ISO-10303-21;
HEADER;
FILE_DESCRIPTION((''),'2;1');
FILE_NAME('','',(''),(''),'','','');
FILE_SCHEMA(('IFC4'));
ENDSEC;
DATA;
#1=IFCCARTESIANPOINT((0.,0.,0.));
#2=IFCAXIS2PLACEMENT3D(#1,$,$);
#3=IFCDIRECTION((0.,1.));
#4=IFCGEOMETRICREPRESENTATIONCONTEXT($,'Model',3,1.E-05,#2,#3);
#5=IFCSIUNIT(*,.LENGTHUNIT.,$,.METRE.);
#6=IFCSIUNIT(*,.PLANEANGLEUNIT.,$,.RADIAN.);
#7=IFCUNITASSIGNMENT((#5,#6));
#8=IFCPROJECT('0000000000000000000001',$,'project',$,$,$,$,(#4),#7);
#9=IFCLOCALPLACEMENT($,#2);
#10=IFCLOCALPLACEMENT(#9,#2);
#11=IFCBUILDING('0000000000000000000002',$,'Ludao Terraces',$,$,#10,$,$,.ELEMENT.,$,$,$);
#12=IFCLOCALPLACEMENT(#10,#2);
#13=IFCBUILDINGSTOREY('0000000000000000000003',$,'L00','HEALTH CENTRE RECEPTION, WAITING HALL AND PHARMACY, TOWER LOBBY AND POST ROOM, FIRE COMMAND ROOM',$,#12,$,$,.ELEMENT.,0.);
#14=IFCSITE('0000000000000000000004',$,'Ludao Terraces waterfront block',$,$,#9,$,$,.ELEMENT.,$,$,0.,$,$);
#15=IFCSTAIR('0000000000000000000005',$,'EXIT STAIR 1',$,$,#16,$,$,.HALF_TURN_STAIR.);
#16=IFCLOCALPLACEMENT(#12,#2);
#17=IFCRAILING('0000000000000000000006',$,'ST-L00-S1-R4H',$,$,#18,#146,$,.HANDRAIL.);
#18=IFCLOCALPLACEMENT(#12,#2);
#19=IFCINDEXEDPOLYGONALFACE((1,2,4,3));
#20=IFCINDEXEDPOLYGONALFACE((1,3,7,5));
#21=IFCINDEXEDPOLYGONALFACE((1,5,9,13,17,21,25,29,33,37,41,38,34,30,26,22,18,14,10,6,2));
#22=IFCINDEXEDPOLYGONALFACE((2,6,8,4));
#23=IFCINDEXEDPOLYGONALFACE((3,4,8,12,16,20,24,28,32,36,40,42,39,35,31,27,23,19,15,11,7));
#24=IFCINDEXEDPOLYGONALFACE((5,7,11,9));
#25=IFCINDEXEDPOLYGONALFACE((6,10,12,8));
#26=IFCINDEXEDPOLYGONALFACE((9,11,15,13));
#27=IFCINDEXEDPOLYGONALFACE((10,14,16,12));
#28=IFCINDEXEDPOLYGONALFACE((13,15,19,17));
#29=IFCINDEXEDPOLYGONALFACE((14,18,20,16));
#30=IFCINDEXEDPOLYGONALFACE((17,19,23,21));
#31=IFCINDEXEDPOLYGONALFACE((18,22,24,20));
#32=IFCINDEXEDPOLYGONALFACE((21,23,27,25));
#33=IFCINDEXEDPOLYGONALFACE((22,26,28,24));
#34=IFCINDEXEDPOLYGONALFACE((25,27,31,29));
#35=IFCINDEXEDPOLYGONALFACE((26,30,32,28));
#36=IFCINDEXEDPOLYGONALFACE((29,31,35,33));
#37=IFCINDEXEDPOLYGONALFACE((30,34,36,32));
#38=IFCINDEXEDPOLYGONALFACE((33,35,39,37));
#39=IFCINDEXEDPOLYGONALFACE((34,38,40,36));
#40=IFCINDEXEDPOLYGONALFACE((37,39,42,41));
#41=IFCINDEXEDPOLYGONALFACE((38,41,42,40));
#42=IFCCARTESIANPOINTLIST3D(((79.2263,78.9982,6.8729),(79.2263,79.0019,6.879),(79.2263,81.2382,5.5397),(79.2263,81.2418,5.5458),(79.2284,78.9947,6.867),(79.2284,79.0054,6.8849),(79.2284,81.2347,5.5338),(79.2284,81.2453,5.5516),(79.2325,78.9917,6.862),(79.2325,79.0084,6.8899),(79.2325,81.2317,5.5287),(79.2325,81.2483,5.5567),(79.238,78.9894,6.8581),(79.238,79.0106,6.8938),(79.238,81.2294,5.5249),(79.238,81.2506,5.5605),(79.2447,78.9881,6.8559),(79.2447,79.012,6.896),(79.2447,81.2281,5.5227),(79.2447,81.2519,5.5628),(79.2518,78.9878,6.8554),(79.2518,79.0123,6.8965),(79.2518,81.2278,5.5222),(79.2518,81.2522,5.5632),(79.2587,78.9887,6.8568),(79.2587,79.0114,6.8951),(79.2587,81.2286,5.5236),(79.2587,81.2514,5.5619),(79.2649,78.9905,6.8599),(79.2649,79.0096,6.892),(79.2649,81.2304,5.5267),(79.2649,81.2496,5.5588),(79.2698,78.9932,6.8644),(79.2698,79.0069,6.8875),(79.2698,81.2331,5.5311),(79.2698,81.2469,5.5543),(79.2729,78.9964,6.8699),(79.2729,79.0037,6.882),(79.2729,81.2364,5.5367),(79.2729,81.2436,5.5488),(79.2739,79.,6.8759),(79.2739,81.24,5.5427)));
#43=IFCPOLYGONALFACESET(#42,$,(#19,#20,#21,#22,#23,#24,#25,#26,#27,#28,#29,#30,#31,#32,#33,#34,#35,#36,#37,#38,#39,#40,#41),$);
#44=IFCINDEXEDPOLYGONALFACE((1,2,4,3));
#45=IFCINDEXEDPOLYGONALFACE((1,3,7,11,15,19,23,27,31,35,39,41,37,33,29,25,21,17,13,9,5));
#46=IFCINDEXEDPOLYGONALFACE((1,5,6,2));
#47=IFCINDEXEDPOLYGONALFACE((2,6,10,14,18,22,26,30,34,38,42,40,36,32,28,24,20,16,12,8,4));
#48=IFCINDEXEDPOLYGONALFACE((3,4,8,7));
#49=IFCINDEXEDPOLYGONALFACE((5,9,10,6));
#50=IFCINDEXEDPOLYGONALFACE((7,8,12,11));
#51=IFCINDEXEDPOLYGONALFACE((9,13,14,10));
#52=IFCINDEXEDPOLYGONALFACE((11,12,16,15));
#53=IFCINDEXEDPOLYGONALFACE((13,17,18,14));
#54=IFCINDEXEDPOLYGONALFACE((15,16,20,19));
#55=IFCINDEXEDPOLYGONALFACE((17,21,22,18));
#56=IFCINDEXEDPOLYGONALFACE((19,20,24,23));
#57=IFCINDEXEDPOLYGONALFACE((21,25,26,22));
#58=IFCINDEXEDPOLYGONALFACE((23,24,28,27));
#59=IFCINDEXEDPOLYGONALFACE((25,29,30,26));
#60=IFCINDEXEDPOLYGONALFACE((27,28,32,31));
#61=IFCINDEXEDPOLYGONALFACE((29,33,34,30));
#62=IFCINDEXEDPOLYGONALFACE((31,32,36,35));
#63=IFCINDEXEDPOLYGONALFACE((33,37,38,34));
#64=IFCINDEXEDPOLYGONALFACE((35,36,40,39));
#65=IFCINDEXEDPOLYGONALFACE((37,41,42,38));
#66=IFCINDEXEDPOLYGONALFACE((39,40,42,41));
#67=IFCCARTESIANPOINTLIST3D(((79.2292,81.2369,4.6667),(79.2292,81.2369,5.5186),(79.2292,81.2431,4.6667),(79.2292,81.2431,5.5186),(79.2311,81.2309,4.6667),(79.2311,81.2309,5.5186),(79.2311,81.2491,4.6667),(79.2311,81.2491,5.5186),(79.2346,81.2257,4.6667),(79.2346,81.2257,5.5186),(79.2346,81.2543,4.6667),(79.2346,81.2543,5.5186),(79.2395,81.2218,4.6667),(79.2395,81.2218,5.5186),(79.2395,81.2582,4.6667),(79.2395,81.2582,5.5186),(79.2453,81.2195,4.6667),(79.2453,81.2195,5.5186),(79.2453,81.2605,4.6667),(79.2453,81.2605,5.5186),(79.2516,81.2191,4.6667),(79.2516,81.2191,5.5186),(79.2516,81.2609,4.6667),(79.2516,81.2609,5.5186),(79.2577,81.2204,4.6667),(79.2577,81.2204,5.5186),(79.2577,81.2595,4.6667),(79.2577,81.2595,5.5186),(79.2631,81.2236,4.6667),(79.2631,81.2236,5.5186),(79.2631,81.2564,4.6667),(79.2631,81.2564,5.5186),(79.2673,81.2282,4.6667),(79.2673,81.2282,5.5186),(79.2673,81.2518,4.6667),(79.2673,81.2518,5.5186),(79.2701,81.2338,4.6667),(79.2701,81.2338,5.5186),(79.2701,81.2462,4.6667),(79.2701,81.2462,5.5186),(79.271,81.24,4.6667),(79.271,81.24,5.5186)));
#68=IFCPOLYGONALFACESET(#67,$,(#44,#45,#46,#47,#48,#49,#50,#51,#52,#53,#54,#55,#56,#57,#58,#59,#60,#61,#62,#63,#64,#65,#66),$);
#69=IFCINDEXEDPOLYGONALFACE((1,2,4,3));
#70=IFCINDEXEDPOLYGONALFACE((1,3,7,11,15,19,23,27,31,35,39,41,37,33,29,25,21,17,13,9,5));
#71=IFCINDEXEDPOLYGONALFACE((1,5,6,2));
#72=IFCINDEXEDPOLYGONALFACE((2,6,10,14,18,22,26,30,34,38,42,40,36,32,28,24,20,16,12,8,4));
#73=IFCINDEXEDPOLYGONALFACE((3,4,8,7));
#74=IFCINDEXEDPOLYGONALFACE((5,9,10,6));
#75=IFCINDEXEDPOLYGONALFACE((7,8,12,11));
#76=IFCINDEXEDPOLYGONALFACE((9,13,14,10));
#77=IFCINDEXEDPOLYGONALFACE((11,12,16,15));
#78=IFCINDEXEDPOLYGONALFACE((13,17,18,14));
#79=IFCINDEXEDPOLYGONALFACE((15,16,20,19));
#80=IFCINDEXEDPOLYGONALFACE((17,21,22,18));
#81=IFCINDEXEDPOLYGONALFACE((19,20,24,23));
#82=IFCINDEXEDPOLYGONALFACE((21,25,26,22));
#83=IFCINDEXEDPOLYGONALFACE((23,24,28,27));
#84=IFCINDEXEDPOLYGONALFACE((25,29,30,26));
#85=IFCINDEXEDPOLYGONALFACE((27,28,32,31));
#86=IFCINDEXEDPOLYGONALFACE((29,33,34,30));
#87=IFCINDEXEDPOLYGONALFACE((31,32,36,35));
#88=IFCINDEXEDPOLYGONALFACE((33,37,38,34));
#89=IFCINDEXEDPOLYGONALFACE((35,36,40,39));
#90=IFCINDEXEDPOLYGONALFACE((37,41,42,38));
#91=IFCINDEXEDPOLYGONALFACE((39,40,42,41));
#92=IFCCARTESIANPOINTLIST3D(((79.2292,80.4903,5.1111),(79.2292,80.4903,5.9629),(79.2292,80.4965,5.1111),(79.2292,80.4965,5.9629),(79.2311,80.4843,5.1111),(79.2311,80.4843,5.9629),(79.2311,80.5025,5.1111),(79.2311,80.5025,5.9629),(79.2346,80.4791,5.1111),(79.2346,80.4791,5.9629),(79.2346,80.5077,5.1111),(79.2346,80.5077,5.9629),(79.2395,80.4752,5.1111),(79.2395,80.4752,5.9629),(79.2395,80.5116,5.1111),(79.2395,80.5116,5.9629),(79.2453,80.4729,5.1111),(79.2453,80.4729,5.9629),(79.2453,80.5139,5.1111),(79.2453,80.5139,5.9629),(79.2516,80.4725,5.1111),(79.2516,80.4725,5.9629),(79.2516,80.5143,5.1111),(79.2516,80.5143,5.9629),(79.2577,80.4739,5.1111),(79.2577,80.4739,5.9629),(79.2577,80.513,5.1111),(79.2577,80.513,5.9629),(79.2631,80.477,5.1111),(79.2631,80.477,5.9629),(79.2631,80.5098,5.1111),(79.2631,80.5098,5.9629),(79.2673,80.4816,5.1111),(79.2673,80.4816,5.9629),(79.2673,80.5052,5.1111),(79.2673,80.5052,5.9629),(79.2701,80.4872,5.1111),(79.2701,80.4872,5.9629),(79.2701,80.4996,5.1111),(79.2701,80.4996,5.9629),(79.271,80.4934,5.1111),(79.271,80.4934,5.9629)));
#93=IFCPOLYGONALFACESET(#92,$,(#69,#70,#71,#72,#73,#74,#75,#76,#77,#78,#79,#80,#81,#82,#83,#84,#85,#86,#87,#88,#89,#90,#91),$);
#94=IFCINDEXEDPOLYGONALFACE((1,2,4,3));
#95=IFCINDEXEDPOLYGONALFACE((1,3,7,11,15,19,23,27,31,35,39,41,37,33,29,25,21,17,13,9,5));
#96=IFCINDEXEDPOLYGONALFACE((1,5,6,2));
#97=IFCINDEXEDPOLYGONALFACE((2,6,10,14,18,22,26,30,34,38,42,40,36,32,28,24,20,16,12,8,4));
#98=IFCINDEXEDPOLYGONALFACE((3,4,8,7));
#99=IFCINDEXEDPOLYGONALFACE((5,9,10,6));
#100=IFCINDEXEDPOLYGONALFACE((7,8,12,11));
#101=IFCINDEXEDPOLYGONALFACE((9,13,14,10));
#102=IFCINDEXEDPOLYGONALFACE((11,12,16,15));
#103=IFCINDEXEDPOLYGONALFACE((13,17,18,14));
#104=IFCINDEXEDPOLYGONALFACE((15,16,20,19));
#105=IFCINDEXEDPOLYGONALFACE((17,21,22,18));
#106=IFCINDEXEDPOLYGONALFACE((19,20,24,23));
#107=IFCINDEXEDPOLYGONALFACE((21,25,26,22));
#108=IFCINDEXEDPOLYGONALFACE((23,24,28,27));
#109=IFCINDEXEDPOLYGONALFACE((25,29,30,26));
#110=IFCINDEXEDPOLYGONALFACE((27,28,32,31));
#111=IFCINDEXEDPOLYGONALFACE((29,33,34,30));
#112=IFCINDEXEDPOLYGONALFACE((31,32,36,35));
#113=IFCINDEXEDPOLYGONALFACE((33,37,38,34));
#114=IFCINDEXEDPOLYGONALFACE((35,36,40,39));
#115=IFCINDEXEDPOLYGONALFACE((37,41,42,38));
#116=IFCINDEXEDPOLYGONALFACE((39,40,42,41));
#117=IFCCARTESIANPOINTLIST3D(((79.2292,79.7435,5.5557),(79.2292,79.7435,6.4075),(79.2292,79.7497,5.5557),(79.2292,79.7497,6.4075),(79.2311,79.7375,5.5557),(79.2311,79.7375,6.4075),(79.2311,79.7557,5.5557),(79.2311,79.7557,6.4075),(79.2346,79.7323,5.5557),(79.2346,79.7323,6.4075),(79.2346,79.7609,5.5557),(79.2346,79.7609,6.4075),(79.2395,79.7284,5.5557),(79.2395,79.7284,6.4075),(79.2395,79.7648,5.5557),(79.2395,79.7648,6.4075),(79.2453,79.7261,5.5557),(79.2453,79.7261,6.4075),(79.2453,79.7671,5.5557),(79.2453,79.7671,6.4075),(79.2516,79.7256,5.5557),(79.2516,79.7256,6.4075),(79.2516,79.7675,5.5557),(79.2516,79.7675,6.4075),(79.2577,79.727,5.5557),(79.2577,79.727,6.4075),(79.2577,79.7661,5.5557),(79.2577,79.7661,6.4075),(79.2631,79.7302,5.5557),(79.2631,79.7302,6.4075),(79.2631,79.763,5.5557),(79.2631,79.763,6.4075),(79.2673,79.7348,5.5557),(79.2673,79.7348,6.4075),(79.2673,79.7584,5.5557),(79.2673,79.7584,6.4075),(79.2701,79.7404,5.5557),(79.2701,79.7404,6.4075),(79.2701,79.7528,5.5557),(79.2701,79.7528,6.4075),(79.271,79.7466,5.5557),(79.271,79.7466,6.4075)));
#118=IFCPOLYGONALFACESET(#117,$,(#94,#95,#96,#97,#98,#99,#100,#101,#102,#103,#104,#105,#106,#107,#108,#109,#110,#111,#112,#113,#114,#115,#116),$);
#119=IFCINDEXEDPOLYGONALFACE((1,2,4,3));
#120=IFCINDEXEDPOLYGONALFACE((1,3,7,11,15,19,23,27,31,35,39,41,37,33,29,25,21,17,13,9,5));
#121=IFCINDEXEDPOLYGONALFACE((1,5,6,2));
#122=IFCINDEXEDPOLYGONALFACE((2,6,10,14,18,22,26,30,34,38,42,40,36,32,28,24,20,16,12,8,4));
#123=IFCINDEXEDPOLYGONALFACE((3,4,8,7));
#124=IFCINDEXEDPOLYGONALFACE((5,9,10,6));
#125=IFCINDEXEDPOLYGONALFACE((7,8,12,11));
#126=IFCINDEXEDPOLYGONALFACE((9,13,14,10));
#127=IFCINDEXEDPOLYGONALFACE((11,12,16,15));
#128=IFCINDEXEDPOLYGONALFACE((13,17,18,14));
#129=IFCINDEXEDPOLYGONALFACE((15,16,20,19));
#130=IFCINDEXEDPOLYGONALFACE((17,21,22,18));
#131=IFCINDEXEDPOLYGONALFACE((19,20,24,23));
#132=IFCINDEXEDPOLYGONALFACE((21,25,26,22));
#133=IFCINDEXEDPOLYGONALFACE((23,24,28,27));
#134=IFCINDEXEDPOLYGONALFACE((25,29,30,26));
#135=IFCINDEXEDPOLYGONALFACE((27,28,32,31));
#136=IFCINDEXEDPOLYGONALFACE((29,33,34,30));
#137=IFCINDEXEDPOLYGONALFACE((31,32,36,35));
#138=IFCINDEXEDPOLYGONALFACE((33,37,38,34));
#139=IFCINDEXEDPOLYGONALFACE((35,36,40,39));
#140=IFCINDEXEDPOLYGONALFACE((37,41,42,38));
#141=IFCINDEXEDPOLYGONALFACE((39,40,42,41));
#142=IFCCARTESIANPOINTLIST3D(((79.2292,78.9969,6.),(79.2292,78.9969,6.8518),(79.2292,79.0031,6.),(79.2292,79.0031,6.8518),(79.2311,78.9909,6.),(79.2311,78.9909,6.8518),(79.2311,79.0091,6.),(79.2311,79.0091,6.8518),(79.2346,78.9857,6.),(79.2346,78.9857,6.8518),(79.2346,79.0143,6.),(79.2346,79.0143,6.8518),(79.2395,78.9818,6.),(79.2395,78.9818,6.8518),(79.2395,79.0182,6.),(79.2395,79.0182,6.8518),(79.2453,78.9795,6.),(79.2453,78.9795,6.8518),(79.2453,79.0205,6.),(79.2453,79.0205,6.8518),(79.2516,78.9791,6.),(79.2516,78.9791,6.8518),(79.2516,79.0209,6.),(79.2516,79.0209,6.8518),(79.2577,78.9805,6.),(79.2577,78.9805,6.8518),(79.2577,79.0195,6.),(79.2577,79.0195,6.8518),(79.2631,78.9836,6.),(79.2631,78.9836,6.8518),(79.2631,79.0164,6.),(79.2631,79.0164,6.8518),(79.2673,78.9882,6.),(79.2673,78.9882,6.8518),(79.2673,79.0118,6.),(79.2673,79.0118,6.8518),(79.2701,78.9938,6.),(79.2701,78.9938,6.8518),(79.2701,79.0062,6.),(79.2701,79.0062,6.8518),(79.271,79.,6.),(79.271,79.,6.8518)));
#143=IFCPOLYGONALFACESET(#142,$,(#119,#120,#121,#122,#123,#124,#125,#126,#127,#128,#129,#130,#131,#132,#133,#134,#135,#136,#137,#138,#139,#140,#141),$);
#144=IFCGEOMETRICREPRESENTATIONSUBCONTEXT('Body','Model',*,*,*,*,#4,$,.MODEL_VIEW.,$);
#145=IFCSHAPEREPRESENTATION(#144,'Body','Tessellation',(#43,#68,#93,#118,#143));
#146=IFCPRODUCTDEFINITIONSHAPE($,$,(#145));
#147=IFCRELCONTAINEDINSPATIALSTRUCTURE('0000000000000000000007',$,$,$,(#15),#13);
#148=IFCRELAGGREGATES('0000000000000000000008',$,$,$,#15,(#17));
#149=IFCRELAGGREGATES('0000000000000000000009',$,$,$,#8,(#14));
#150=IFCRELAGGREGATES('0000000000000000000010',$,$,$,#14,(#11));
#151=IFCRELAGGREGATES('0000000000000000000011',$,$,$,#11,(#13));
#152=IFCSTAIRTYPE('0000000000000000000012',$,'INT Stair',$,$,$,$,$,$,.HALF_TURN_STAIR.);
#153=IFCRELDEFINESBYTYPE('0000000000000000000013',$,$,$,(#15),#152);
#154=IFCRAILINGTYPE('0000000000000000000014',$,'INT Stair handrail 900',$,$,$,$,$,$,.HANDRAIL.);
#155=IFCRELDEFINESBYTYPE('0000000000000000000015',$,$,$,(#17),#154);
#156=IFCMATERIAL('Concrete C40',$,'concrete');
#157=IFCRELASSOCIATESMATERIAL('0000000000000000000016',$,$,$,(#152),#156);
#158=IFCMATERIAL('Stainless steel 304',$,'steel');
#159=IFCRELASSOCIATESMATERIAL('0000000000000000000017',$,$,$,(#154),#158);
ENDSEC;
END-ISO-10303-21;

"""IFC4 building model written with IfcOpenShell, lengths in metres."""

from ifc_helpers import new_model, si_unit, direction, frame, origin, origin_2d, place, context, subcontext, project, spatial, circle, extrude, material, type_object, element, aggregate, save


model = new_model("IFC4")

# Units and contexts
model_context = context("Model", 3, precision=1e-05, world=origin(), true_north=direction((0.0, 1.0)))
body_context = subcontext(model_context, "Body", "Model", "MODEL_VIEW")
ifc_project = project(units=[si_unit("LENGTHUNIT", "METRE"), si_unit("PLANEANGLEUNIT", "RADIAN")], contexts=[model_context])

# Site, building, storey
site_placement = place(None, origin())
site = spatial("IfcSite", under=ifc_project, at=site_placement, Name="Ludao Terraces waterfront block", CompositionType="ELEMENT", RefElevation=0.0)
building_placement = place(site_placement, origin())
building = spatial("IfcBuilding", under=site, at=building_placement, Name="Ludao Terraces", CompositionType="ELEMENT")
storey_placement = place(building_placement, origin())
storey = spatial("IfcBuildingStorey", under=building, at=storey_placement, Name="L00", Description="HEALTH CENTRE RECEPTION, WAITING HALL AND PHARMACY, TOWER LOBBY AND POST ROOM, FIRE COMMAND ROOM", CompositionType="ELEMENT", Elevation=0.0)

# Shared definitions
ifc_material_1 = material(Name="Concrete C40", Category="concrete")

# Stair, railing
stair_type = type_object("IfcStairType", Name="INT Stair", PredefinedType="HALF_TURN_STAIR", material=ifc_material_1)
stair_placement = place(storey_placement, origin())
stair = element("IfcStair", 1, at=stair_placement, inside=storey, type_object=stair_type, Name="EXIT STAIR 1", PredefinedType="HALF_TURN_STAIR")
ifc_material_2 = material(Name="Stainless steel 304", Category="steel")
railing_type_1 = type_object("IfcRailingType", Name="INT Stair handrail 900", PredefinedType="HANDRAIL", material=ifc_material_2)
railing_1_placement = place(storey_placement, frame((79.25, 81.24, 4.6667)))
railing_1 = element("IfcRailing", 2, at=railing_1_placement, type_object=railing_type_1, Name="ST-L00-S1-R4H", PredefinedType="HANDRAIL", context=body_context, shape_type="SweptSolid", body=[
    extrude(circle(Radius=0.0239, at=origin_2d()), frame((0.0, 0.0, 0.876), z_axis=(0.0, -0.859306, 0.511462), x_axis=(1.0, 0.0, 0.0)), (0.0, 0.0, 1.0), 2.6067),
    extrude(circle(Radius=0.021, at=origin_2d()), origin(), (0.0, 0.0, 1.0), 0.8518),
    extrude(circle(Radius=0.021, at=origin_2d()), frame((0.0, -0.7466, 0.4443)), (0.0, 0.0, 1.0), 0.8518),
    extrude(circle(Radius=0.021, at=origin_2d()), frame((0.0, -1.4934, 0.8889)), (0.0, 0.0, 1.0), 0.8518),
    extrude(circle(Radius=0.021, at=origin_2d()), frame((0.0, -2.24, 1.3333)), (0.0, 0.0, 1.0), 0.8518),
])
aggregate(stair, [railing_1])

save(model, "model.ifc")
